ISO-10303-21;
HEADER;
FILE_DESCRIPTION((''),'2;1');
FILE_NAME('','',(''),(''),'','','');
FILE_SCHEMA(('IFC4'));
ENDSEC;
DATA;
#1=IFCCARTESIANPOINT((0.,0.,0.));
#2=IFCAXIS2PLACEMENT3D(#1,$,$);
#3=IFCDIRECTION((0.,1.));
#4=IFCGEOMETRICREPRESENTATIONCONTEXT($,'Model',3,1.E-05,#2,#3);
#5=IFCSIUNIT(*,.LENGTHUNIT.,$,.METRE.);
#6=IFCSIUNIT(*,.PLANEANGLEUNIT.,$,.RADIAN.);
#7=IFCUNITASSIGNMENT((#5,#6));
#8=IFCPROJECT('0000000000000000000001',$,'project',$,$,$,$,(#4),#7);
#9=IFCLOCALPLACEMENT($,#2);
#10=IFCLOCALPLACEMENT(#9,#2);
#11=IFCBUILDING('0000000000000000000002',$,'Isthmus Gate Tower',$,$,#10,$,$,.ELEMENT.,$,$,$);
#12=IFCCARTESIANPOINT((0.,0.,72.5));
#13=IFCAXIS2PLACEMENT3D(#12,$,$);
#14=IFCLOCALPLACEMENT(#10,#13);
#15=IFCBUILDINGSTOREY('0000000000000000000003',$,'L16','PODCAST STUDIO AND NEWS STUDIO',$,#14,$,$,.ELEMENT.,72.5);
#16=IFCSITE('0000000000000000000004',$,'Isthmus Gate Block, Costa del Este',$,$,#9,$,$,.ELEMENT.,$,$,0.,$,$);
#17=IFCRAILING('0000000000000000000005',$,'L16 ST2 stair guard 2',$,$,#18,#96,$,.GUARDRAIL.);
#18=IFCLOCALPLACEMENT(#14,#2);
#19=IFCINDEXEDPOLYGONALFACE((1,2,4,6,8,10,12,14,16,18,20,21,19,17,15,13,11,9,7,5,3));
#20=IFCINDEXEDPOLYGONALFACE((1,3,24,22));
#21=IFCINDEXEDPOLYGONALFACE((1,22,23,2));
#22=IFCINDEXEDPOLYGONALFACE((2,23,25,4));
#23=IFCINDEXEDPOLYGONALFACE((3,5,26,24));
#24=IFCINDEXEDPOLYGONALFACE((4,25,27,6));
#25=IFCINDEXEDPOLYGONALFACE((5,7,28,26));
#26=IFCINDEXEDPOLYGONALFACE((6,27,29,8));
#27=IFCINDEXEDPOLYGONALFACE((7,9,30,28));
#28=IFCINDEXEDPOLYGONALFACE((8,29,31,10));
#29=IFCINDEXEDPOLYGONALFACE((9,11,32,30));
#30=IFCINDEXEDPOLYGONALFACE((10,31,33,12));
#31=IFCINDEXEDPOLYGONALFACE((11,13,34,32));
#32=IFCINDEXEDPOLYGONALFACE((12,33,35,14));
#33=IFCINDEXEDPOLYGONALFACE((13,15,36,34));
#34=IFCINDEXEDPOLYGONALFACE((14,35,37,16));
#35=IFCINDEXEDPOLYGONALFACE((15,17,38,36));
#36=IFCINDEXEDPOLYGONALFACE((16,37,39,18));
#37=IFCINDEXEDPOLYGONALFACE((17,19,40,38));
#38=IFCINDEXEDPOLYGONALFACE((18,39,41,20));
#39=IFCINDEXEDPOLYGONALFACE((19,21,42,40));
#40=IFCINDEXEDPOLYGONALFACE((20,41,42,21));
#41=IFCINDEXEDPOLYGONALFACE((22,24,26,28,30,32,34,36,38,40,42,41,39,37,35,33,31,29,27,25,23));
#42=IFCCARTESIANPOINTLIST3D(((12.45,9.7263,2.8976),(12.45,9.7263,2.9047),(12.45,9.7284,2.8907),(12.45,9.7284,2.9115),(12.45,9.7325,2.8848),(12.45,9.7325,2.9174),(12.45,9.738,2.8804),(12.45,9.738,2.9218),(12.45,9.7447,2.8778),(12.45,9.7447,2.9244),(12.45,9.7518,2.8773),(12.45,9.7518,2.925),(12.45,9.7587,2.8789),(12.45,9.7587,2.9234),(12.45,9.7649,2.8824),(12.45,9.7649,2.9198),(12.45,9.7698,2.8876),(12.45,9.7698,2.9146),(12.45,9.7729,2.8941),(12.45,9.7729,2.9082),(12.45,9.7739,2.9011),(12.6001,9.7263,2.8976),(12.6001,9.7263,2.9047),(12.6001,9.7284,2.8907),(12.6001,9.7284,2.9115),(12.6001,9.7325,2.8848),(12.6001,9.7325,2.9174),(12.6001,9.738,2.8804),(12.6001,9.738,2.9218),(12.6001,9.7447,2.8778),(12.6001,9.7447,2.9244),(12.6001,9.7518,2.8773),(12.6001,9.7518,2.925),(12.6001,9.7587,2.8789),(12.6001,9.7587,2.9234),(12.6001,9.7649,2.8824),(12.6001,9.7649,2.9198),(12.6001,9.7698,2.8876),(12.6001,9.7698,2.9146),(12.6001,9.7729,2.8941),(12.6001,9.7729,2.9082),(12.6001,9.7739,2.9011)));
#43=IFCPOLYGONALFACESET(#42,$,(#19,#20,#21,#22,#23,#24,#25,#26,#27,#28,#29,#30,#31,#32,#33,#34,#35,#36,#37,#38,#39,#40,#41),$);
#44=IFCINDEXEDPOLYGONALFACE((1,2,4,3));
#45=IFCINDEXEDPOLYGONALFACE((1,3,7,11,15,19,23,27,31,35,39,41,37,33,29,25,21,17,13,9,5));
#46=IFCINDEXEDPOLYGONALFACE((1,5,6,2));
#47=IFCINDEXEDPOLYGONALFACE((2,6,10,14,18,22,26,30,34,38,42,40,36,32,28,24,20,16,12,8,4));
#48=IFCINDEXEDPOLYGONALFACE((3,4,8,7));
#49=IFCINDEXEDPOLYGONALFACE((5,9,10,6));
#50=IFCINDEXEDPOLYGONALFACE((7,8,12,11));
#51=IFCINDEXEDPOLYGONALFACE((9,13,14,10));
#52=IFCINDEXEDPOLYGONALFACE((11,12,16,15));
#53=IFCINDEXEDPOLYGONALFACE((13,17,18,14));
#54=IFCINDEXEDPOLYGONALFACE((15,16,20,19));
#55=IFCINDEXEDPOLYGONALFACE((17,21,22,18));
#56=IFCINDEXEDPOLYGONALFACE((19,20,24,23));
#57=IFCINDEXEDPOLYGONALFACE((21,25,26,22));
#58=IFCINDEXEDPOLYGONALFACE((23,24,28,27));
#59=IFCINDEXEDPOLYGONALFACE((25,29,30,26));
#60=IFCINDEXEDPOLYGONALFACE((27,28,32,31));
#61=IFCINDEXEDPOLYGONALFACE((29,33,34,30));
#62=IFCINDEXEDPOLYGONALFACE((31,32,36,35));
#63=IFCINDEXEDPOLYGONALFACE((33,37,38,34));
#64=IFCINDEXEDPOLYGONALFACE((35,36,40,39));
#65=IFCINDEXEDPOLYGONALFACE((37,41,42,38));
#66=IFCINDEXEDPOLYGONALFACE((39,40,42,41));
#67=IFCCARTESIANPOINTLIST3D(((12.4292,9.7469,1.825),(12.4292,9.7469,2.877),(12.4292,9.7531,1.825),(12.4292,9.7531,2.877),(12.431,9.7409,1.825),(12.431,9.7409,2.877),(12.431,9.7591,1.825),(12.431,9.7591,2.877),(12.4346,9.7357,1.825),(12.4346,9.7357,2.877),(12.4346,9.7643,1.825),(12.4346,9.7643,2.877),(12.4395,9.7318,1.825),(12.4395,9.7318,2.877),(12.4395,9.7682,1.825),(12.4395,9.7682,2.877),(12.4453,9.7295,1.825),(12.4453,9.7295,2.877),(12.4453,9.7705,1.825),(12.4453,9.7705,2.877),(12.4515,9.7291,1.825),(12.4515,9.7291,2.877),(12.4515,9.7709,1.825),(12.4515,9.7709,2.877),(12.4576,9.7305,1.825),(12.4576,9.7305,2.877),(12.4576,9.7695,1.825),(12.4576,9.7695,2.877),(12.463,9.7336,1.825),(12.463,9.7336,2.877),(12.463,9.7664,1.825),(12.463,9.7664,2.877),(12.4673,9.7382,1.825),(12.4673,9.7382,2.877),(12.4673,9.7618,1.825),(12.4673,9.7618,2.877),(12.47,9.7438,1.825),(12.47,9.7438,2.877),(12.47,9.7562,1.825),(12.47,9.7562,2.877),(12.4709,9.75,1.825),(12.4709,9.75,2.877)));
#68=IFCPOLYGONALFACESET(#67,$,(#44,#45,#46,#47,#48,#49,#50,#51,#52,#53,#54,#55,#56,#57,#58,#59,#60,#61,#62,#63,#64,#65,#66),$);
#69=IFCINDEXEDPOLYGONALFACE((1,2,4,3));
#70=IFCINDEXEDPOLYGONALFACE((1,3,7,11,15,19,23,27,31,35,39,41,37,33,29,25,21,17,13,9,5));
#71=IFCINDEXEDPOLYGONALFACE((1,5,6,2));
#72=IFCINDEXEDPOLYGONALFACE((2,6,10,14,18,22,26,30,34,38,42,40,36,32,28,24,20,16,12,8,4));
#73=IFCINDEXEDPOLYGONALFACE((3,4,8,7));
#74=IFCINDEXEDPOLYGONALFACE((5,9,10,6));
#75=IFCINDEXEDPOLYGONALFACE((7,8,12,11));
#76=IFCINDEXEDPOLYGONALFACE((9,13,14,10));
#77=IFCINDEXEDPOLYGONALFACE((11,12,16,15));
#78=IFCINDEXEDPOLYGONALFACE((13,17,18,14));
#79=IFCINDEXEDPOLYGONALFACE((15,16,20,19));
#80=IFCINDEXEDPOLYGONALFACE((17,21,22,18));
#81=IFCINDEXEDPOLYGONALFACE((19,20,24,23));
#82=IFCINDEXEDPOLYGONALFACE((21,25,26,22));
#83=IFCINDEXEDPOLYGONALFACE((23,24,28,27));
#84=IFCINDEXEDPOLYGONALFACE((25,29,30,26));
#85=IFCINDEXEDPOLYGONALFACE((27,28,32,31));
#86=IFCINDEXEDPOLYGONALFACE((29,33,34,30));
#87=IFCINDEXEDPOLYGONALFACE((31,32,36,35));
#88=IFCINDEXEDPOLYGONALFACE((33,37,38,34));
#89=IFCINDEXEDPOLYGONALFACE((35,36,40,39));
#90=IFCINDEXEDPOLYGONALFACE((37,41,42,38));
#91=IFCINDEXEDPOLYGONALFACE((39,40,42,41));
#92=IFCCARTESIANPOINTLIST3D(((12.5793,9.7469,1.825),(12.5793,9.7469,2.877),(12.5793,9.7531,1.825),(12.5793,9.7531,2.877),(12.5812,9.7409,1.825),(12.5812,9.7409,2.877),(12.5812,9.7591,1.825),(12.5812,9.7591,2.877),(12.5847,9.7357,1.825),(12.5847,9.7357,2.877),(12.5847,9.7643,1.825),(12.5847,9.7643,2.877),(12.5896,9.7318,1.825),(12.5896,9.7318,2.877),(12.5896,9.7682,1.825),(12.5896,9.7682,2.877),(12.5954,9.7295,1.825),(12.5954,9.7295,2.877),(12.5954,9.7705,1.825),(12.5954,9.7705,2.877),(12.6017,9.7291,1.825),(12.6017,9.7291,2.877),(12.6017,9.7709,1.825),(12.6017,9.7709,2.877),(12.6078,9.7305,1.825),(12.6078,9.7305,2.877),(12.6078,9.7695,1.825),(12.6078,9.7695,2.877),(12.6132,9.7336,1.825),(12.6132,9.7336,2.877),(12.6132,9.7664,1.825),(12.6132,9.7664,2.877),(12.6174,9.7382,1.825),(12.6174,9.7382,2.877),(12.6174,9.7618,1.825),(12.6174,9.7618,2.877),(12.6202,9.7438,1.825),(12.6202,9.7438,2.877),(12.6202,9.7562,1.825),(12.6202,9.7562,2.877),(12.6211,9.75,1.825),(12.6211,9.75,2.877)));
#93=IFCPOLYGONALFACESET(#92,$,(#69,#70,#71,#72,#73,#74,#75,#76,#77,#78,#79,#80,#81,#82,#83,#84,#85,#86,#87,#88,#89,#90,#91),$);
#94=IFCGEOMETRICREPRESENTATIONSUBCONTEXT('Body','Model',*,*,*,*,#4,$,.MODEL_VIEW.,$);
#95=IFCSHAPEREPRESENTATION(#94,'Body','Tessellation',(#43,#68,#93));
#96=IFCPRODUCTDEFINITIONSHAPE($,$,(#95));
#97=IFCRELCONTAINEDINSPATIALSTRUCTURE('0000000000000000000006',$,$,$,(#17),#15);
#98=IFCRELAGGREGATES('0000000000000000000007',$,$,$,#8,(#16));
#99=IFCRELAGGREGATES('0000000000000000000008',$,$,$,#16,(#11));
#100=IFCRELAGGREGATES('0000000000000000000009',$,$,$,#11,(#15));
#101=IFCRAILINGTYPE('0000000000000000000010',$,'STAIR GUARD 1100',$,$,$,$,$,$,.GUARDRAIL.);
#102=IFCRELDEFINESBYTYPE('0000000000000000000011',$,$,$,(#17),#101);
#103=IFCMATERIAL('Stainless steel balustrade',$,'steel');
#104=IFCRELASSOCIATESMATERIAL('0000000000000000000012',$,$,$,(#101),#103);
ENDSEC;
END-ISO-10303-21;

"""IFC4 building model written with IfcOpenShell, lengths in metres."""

from ifc_helpers import new_model, si_unit, direction, frame, origin, origin_2d, place, context, subcontext, project, spatial, circle, extrude, material, type_object, element, save


model = new_model("IFC4")

# Units and contexts
model_context = context("Model", 3, precision=1e-05, world=origin(), true_north=direction((0.0, 1.0)))
body_context = subcontext(model_context, "Body", "Model", "MODEL_VIEW")
ifc_project = project(units=[si_unit("LENGTHUNIT", "METRE"), si_unit("PLANEANGLEUNIT", "RADIAN")], contexts=[model_context])

# Site, building, storey
site_placement = place(None, origin())
site = spatial("IfcSite", under=ifc_project, at=site_placement, Name="Isthmus Gate Block, Costa del Este", CompositionType="ELEMENT", RefElevation=0.0)
building_placement = place(site_placement, origin())
building = spatial("IfcBuilding", under=site, at=building_placement, Name="Isthmus Gate Tower", CompositionType="ELEMENT")
storey_placement = place(building_placement, frame((0.0, 0.0, 72.5)))
storey = spatial("IfcBuildingStorey", under=building, at=storey_placement, Name="L16", Description="PODCAST STUDIO AND NEWS STUDIO", CompositionType="ELEMENT", Elevation=72.5)

# Railing
ifc_material_1 = material(Name="Stainless steel balustrade", Category="steel")
railing_type_1 = type_object("IfcRailingType", Name="STAIR GUARD 1100", PredefinedType="GUARDRAIL", material=ifc_material_1)
railing_1_placement = place(storey_placement, frame((12.45, 9.75, 1.825)))
element("IfcRailing", 1, at=railing_1_placement, inside=storey, type_object=railing_type_1, Name="L16 ST2 stair guard 2", PredefinedType="GUARDRAIL", context=body_context, shape_type="SweptSolid", body=[
    extrude(circle(Radius=0.0239, at=origin_2d()), frame((0.0, 0.0, 1.0762), z_axis=(1.0, 0.0, 0.0), x_axis=(0.0, 1.0, 0.0)), (0.0, 0.0, 1.0), 0.1501),
    extrude(circle(Radius=0.021, at=origin_2d()), origin(), (0.0, 0.0, 1.0), 1.052),
    extrude(circle(Radius=0.021, at=origin_2d()), frame((0.1501, 0.0, 0.0)), (0.0, 0.0, 1.0), 1.052),
])

save(model, "model.ifc")
